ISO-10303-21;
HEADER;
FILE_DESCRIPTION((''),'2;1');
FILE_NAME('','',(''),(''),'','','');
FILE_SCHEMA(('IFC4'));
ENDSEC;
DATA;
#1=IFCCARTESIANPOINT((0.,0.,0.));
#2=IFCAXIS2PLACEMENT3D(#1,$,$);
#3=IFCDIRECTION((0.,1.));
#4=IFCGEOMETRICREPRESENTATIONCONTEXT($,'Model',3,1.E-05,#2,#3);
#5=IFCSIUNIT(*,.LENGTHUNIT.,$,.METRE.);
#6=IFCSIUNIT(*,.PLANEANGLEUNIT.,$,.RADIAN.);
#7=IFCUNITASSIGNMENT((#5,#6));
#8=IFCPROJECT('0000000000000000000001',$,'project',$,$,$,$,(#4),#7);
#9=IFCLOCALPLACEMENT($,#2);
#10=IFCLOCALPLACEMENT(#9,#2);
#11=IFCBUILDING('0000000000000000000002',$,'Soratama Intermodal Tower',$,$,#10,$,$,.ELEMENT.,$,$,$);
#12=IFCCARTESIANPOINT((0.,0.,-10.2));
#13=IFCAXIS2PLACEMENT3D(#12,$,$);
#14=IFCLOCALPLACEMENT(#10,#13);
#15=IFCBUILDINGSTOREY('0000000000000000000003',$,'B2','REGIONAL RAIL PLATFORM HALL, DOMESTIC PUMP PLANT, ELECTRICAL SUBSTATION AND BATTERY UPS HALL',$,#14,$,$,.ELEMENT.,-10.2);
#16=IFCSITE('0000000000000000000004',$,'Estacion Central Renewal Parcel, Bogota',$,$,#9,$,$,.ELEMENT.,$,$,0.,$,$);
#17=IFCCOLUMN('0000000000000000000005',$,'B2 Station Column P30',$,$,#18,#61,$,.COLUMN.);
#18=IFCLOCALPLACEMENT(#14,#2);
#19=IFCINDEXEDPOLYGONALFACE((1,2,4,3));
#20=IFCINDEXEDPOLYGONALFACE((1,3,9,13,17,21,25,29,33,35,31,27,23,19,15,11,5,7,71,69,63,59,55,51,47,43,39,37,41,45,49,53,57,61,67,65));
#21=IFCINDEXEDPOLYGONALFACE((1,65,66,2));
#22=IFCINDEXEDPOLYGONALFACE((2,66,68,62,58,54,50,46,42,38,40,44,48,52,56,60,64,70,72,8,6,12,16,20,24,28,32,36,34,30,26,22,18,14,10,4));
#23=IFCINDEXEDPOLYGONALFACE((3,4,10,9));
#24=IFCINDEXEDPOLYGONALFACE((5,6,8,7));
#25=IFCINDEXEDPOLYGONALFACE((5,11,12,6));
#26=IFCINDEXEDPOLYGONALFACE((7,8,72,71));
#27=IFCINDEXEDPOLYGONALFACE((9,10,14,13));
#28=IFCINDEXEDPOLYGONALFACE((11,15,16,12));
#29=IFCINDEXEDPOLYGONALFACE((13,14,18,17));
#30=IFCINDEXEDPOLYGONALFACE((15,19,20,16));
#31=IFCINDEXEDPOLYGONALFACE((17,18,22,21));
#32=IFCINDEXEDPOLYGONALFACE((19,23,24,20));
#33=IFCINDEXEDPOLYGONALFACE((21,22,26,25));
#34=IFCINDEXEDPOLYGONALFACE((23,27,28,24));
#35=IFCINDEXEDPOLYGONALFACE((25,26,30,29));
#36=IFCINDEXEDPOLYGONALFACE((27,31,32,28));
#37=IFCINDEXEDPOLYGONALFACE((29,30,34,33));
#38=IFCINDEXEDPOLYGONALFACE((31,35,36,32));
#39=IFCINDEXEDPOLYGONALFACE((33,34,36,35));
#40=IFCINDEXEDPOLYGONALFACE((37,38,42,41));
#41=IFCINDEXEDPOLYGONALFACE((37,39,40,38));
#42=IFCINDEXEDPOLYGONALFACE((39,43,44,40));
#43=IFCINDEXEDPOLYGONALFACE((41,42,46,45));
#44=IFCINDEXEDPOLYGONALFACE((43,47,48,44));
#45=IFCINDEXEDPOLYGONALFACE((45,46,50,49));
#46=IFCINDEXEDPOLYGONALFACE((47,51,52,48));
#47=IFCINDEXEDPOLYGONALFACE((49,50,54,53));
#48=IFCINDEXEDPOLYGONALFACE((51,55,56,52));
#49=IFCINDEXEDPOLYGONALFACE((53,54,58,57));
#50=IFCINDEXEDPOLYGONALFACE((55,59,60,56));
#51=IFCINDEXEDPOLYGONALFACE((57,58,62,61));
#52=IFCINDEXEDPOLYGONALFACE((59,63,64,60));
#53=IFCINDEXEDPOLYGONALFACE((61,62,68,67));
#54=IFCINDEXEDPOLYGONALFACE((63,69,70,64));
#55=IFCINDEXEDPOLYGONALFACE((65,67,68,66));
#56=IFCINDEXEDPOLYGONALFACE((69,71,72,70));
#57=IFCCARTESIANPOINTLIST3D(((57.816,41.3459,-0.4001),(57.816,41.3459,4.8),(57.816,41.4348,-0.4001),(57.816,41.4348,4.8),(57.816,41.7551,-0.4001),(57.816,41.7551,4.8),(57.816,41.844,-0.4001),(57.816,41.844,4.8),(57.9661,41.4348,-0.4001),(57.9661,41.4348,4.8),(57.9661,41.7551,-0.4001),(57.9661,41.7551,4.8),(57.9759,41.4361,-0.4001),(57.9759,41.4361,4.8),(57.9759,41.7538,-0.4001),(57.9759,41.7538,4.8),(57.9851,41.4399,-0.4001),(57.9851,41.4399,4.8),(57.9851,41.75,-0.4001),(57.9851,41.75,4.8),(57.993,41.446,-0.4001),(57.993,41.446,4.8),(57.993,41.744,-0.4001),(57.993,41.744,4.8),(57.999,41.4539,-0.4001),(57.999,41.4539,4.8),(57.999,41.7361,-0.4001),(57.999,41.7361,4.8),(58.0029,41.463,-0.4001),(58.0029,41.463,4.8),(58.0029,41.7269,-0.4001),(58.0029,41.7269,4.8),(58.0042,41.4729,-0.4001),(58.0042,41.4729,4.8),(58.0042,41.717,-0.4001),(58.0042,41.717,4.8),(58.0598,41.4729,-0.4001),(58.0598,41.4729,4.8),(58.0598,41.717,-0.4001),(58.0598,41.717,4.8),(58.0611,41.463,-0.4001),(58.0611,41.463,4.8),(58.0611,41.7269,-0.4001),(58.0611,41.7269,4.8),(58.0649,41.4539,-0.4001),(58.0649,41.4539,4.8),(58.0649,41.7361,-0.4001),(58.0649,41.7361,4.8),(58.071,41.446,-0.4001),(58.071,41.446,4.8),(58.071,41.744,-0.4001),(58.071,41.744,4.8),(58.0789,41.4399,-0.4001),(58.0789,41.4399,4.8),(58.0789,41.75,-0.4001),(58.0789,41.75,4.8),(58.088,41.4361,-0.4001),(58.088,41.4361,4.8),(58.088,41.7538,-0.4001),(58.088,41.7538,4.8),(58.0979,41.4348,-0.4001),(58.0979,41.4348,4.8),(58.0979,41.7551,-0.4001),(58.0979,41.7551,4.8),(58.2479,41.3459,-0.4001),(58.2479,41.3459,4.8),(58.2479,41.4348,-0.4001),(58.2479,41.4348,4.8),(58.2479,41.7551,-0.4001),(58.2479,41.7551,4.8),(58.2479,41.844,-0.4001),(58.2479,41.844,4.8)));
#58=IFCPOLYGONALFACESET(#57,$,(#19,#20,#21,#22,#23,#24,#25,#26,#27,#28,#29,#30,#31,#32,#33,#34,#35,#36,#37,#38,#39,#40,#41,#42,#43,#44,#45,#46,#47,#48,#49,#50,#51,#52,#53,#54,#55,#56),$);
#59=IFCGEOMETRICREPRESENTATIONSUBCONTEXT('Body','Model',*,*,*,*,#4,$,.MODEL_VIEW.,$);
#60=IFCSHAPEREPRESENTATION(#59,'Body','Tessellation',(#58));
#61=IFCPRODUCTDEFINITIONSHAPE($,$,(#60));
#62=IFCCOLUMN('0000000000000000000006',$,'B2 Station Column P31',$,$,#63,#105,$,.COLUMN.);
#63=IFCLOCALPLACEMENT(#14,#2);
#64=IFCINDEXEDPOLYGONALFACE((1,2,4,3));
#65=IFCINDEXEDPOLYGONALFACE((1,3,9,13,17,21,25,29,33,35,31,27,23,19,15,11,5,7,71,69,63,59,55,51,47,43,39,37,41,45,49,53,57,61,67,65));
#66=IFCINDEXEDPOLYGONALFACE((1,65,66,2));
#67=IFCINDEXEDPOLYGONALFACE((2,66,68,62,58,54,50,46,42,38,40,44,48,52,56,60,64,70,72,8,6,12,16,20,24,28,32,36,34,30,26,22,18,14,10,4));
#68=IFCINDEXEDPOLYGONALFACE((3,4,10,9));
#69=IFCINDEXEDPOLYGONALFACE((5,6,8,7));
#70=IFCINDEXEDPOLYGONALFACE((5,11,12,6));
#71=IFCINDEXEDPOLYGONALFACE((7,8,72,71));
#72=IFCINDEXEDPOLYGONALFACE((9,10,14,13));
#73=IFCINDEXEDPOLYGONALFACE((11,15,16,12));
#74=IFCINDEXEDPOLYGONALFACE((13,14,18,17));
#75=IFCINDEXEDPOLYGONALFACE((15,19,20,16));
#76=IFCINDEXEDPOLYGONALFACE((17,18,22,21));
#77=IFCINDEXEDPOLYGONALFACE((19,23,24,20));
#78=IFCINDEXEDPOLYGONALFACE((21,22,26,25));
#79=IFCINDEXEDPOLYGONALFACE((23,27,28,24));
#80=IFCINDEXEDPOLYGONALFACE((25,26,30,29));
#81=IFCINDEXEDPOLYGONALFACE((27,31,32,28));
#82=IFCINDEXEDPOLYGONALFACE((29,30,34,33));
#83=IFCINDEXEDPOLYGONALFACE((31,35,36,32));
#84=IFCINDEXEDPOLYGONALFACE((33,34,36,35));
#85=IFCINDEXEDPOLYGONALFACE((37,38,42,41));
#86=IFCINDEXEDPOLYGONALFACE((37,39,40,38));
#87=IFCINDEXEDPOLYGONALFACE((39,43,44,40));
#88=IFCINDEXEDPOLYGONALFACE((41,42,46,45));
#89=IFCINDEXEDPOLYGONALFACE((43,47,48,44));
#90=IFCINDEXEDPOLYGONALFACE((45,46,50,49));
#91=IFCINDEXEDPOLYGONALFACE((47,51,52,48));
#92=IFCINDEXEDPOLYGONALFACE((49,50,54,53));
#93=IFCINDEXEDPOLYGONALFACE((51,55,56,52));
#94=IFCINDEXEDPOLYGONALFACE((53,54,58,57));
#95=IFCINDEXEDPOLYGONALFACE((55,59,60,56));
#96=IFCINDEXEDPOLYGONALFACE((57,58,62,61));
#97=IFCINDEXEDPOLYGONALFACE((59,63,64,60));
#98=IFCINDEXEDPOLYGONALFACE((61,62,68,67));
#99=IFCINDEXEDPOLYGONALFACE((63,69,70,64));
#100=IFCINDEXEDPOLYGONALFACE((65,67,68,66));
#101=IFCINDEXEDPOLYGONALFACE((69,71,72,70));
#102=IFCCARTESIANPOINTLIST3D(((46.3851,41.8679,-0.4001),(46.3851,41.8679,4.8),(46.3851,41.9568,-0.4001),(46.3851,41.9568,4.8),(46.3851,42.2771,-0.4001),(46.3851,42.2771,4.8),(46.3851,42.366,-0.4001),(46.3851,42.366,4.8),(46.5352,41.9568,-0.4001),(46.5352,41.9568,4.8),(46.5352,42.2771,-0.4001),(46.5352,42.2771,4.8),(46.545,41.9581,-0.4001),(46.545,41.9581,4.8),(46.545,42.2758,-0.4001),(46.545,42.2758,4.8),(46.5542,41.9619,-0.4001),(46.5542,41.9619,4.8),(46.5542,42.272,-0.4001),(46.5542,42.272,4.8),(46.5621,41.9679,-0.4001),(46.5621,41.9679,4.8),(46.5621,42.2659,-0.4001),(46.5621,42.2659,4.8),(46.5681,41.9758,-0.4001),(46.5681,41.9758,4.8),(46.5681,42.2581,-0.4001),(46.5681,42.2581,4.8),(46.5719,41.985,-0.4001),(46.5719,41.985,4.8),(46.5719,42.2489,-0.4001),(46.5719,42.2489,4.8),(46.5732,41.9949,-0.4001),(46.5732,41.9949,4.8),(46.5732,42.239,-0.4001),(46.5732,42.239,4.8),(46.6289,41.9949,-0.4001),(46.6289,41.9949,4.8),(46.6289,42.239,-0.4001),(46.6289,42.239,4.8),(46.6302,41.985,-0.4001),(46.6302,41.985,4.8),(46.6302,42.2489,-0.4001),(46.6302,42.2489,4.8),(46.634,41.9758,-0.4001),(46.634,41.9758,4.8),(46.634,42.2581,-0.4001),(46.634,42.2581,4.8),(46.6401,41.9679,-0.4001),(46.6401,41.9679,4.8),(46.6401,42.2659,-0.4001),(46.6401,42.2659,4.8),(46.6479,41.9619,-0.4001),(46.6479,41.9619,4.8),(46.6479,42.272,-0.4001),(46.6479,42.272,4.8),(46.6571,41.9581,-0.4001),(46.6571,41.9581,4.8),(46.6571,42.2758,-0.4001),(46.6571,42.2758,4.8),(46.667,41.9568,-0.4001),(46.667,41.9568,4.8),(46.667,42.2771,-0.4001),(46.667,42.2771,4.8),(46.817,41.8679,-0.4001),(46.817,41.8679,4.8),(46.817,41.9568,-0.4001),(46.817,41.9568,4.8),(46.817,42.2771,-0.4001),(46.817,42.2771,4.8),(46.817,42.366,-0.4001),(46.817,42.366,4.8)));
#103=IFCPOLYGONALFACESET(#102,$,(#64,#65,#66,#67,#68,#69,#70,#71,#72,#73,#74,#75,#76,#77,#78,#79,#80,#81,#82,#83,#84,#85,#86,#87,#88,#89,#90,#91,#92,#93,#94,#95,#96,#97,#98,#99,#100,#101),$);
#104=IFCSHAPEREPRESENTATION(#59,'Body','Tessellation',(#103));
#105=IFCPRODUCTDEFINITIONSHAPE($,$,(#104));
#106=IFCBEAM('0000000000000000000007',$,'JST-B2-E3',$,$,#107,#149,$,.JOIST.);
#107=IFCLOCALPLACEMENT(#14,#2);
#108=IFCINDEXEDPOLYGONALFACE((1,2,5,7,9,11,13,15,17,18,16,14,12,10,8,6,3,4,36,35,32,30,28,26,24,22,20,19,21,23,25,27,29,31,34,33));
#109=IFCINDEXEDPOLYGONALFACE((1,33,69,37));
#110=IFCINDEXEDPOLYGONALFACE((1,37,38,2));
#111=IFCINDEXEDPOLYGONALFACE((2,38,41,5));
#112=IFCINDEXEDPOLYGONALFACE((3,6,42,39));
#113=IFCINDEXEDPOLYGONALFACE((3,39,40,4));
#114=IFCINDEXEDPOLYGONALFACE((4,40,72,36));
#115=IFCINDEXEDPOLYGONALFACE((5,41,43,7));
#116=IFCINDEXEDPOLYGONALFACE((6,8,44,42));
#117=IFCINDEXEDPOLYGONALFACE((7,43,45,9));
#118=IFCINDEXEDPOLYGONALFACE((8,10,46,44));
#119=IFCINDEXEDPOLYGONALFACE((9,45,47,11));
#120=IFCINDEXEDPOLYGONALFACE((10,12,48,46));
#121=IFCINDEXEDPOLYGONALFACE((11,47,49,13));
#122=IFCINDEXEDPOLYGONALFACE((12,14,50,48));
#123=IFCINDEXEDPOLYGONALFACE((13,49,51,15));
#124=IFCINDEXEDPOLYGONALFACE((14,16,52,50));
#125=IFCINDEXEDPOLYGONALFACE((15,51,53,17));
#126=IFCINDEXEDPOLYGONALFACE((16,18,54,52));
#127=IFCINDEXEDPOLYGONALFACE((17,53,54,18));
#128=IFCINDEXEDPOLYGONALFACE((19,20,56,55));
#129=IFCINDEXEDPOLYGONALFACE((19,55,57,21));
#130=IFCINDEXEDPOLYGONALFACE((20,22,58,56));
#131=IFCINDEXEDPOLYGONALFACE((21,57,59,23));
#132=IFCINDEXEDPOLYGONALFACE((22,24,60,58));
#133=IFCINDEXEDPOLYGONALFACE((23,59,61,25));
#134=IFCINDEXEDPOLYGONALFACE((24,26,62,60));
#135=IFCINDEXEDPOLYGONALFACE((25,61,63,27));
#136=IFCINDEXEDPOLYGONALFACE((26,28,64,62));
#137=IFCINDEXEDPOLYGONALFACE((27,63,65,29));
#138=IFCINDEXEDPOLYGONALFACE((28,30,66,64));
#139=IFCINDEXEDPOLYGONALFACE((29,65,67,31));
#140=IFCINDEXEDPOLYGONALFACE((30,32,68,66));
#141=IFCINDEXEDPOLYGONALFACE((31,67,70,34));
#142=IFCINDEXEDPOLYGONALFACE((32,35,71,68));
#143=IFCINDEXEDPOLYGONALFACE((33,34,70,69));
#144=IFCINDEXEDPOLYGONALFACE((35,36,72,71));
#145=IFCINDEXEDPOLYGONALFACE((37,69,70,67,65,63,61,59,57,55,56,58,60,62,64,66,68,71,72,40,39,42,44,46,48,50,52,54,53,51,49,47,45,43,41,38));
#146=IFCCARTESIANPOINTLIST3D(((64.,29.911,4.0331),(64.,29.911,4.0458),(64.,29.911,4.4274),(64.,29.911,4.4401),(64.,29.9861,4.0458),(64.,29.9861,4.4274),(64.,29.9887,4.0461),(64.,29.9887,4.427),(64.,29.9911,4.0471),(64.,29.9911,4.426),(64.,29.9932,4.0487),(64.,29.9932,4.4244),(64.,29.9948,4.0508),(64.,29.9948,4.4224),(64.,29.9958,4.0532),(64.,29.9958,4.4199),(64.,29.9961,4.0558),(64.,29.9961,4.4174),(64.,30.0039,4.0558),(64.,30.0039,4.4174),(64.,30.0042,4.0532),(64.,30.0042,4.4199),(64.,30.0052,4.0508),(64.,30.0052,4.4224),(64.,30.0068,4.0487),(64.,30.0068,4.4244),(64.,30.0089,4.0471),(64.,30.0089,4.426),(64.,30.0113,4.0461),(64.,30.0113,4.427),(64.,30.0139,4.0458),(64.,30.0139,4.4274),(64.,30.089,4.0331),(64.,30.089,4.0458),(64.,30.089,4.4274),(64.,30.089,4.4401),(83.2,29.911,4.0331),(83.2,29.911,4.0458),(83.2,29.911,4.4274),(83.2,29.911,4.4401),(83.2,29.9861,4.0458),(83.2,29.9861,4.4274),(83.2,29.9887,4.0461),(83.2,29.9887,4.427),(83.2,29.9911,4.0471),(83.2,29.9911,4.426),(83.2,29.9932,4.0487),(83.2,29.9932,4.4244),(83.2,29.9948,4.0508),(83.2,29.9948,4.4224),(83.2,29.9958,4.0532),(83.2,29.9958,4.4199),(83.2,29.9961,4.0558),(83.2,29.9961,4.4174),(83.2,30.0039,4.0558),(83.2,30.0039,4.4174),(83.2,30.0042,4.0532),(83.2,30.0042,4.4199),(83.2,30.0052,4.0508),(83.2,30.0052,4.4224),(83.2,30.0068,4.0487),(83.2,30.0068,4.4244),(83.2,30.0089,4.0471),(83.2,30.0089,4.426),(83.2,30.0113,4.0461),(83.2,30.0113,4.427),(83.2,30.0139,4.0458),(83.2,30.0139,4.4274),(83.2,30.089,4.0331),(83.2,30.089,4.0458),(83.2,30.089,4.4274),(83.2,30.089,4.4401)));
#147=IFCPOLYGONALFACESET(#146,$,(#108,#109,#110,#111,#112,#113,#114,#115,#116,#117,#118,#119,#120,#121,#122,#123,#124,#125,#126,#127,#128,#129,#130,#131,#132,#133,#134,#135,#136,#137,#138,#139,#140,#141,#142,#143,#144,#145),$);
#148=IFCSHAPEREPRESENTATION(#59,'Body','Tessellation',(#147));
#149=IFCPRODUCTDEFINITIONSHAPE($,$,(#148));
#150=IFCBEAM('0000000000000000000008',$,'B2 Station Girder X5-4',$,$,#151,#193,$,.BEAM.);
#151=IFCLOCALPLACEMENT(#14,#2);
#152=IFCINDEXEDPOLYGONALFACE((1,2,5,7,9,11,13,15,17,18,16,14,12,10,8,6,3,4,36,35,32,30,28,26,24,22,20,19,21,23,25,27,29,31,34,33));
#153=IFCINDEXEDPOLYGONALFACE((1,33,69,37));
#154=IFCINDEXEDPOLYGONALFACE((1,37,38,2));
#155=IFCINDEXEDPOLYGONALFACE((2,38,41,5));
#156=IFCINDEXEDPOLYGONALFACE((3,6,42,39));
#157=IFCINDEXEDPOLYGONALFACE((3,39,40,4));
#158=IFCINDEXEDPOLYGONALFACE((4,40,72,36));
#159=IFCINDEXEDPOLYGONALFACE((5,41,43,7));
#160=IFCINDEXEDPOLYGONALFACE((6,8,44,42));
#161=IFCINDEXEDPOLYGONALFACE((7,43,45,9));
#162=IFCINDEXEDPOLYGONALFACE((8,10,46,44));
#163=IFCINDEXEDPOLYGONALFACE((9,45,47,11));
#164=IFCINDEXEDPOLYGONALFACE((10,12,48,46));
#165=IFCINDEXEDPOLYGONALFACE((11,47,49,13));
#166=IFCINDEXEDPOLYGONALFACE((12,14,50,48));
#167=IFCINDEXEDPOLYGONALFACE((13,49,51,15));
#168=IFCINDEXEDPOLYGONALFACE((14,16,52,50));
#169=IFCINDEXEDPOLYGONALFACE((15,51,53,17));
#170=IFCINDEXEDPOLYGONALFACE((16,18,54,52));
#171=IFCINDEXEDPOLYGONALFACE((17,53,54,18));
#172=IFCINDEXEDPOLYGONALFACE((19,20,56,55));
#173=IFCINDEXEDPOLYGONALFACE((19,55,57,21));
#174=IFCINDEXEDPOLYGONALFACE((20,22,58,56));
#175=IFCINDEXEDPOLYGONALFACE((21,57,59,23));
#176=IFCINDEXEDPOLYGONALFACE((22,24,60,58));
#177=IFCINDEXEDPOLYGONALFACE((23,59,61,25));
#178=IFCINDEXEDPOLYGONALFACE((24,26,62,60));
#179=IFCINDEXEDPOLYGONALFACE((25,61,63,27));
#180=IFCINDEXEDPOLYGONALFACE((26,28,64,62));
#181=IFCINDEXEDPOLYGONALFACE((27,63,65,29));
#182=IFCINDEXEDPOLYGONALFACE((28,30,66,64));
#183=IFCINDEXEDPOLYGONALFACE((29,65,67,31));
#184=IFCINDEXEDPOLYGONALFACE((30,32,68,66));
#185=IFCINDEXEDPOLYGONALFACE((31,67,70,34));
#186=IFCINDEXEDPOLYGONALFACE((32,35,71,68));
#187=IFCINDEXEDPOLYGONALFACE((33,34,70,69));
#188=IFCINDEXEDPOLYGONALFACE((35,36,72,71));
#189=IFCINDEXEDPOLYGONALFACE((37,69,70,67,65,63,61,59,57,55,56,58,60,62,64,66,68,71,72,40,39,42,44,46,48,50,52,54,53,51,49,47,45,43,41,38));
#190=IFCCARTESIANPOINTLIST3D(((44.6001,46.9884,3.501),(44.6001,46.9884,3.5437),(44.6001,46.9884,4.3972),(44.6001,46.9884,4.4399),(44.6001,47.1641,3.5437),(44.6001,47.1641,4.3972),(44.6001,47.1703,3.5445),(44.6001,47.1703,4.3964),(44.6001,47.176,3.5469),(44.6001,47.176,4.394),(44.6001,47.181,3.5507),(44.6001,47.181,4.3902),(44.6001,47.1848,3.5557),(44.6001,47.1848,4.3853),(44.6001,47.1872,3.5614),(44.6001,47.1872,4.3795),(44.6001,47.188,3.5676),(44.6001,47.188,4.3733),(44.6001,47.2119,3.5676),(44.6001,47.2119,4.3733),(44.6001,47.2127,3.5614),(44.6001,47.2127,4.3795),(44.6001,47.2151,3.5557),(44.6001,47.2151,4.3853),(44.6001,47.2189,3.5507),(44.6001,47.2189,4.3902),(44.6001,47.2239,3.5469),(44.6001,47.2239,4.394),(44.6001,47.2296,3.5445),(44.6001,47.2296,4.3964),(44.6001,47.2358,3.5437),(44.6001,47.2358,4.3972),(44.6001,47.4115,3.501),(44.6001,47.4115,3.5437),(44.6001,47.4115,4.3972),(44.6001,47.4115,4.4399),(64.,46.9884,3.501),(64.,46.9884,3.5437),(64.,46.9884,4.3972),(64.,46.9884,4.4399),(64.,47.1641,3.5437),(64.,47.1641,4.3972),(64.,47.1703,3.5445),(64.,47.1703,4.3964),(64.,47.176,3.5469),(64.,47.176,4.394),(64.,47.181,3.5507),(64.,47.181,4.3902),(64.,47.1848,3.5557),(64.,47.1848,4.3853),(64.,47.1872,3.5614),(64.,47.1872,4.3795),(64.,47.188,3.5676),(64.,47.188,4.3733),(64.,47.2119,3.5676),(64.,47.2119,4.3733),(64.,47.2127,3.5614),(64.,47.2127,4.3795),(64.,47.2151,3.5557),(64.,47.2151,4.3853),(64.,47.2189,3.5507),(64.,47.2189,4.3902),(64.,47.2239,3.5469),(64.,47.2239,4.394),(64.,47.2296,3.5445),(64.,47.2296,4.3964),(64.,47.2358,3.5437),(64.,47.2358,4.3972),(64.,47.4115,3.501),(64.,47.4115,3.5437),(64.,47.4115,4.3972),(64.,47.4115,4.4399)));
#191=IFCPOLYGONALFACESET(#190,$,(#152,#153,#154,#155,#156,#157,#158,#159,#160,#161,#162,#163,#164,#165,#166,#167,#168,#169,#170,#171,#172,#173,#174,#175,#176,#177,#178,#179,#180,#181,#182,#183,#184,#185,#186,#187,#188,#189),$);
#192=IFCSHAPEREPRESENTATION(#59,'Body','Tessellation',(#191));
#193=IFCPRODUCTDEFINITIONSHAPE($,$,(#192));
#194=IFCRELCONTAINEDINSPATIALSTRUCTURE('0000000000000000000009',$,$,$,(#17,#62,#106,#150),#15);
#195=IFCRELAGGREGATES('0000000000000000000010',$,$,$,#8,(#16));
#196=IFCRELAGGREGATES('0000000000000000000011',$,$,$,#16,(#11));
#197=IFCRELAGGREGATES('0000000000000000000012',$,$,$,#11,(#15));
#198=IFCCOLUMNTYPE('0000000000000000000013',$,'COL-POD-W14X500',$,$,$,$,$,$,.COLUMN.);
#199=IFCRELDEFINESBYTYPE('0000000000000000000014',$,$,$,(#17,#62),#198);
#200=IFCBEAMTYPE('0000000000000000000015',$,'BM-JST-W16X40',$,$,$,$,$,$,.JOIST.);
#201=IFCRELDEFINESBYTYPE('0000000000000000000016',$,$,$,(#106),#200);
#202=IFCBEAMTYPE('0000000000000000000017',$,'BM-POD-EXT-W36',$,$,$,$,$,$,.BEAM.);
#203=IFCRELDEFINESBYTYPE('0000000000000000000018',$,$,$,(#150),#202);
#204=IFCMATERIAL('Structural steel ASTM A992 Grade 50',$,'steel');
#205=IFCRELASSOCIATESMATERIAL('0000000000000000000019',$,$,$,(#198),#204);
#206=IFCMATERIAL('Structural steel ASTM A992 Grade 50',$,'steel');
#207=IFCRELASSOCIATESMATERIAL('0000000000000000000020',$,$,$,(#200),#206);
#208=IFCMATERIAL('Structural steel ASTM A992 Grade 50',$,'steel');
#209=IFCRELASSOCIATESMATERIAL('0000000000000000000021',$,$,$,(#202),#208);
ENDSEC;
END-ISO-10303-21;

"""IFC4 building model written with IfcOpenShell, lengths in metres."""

from ifc_helpers import new_model, si_unit, direction, frame, origin, origin_2d, place, context, subcontext, project, spatial, i_section, extrude, material, material_profile, profile_set, type_object, element, save


model = new_model("IFC4")

# Units and contexts
model_context = context("Model", 3, precision=1e-05, world=origin(), true_north=direction((0.0, 1.0)))
body_context = subcontext(model_context, "Body", "Model", "MODEL_VIEW")
ifc_project = project(units=[si_unit("LENGTHUNIT", "METRE"), si_unit("PLANEANGLEUNIT", "RADIAN")], contexts=[model_context])

# Site, building, storey
site_placement = place(None, origin())
site = spatial("IfcSite", under=ifc_project, at=site_placement, Name="Estacion Central Renewal Parcel, Bogota", CompositionType="ELEMENT", RefElevation=0.0)
building_placement = place(site_placement, origin())
building = spatial("IfcBuilding", under=site, at=building_placement, Name="Soratama Intermodal Tower", CompositionType="ELEMENT")
storey_placement = place(building_placement, frame((0.0, 0.0, -10.2)))
storey = spatial("IfcBuildingStorey", under=building, at=storey_placement, Name="B2", Description="REGIONAL RAIL PLATFORM HALL, DOMESTIC PUMP PLANT, ELECTRICAL SUBSTATION AND BATTERY UPS HALL", CompositionType="ELEMENT", Elevation=-10.2)

# Columns
ifc_material_1 = material(Name="Structural steel ASTM A992 Grade 50", Category="steel")
ifc_material_profile_1 = material_profile(ifc_material_1, i_section(OverallWidth=0.4319, OverallDepth=0.498, WebThickness=0.0557, FlangeThickness=0.0889, FilletRadius=0.0381, at=origin_2d()), Name="W14X500")
ifc_profile_set_1 = profile_set([ifc_material_profile_1], Name="Structural steel ASTM A992 Grade 50")
column_type_1 = type_object("IfcColumnType", Name="COL-POD-W14X500", PredefinedType="COLUMN", material=ifc_profile_set_1)
for number, where, z_axis, x_axis, name in (
    (1, (58.032, 41.595, -0.4001), (0.0, 0.0, 1.0), (1.0, 0.0, 0.0), "B2 Station Column P30"),
    (2, (46.6011, 42.1169, -0.4001), (0.0, 0.0, 1.0), (1.0, 0.0, 0.0), "B2 Station Column P31"),
):
    element("IfcColumn", number, at=place(storey_placement, frame(where, z_axis=z_axis, x_axis=x_axis)), inside=storey, type_object=column_type_1, Name=name, PredefinedType="COLUMN", context=body_context, shape_type="SweptSolid", body=[
        extrude(i_section(OverallWidth=0.4319, OverallDepth=0.498, WebThickness=0.0557, FlangeThickness=0.0889, FilletRadius=0.0381, at=origin_2d()), origin(), (0.0, 0.0, 1.0), 5.2002),
    ])

# Beams
ifc_material_2 = material(Name="Structural steel ASTM A992 Grade 50", Category="steel")
ifc_material_profile_2 = material_profile(ifc_material_2, i_section(OverallWidth=0.178, OverallDepth=0.407, WebThickness=0.0078, FlangeThickness=0.0127, FilletRadius=0.01, at=origin_2d()), Name="W16X40")
ifc_profile_set_2 = profile_set([ifc_material_profile_2], Name="Structural steel ASTM A992 Grade 50")
beam_type_1 = type_object("IfcBeamType", Name="BM-JST-W16X40", PredefinedType="JOIST", material=ifc_profile_set_2)
beam_1_placement = place(storey_placement, frame((64.0, 30.0, 4.2366), z_axis=(1.0, 0.0, 0.0), x_axis=(0.0, 1.0, 0.0)))
element("IfcBeam", 3, at=beam_1_placement, inside=storey, type_object=beam_type_1, Name="JST-B2-E3", PredefinedType="JOIST", context=body_context, shape_type="SweptSolid", body=[
    extrude(i_section(OverallWidth=0.178, OverallDepth=0.407, WebThickness=0.0078, FlangeThickness=0.0127, FilletRadius=0.01, at=origin_2d()), origin(), (0.0, 0.0, 1.0), 19.2),
])
ifc_material_3 = material(Name="Structural steel ASTM A992 Grade 50", Category="steel")
ifc_material_profile_3 = material_profile(ifc_material_3, i_section(OverallWidth=0.4231, OverallDepth=0.939, WebThickness=0.0239, FlangeThickness=0.0427, FilletRadius=0.0239, at=origin_2d()), Name="W36X302")
ifc_profile_set_3 = profile_set([ifc_material_profile_3], Name="Structural steel ASTM A992 Grade 50")
beam_type_2 = type_object("IfcBeamType", Name="BM-POD-EXT-W36", PredefinedType="BEAM", material=ifc_profile_set_3)
beam_2_placement = place(storey_placement, frame((44.6001, 47.2, 3.9705), z_axis=(1.0, 0.0, 0.0), x_axis=(0.0, 1.0, 0.0)))
element("IfcBeam", 4, at=beam_2_placement, inside=storey, type_object=beam_type_2, Name="B2 Station Girder X5-4", PredefinedType="BEAM", context=body_context, shape_type="SweptSolid", body=[
    extrude(i_section(OverallWidth=0.4231, OverallDepth=0.939, WebThickness=0.0239, FlangeThickness=0.0427, FilletRadius=0.0239, at=origin_2d()), origin(), (0.0, 0.0, 1.0), 19.3999),
])

save(model, "model.ifc")
